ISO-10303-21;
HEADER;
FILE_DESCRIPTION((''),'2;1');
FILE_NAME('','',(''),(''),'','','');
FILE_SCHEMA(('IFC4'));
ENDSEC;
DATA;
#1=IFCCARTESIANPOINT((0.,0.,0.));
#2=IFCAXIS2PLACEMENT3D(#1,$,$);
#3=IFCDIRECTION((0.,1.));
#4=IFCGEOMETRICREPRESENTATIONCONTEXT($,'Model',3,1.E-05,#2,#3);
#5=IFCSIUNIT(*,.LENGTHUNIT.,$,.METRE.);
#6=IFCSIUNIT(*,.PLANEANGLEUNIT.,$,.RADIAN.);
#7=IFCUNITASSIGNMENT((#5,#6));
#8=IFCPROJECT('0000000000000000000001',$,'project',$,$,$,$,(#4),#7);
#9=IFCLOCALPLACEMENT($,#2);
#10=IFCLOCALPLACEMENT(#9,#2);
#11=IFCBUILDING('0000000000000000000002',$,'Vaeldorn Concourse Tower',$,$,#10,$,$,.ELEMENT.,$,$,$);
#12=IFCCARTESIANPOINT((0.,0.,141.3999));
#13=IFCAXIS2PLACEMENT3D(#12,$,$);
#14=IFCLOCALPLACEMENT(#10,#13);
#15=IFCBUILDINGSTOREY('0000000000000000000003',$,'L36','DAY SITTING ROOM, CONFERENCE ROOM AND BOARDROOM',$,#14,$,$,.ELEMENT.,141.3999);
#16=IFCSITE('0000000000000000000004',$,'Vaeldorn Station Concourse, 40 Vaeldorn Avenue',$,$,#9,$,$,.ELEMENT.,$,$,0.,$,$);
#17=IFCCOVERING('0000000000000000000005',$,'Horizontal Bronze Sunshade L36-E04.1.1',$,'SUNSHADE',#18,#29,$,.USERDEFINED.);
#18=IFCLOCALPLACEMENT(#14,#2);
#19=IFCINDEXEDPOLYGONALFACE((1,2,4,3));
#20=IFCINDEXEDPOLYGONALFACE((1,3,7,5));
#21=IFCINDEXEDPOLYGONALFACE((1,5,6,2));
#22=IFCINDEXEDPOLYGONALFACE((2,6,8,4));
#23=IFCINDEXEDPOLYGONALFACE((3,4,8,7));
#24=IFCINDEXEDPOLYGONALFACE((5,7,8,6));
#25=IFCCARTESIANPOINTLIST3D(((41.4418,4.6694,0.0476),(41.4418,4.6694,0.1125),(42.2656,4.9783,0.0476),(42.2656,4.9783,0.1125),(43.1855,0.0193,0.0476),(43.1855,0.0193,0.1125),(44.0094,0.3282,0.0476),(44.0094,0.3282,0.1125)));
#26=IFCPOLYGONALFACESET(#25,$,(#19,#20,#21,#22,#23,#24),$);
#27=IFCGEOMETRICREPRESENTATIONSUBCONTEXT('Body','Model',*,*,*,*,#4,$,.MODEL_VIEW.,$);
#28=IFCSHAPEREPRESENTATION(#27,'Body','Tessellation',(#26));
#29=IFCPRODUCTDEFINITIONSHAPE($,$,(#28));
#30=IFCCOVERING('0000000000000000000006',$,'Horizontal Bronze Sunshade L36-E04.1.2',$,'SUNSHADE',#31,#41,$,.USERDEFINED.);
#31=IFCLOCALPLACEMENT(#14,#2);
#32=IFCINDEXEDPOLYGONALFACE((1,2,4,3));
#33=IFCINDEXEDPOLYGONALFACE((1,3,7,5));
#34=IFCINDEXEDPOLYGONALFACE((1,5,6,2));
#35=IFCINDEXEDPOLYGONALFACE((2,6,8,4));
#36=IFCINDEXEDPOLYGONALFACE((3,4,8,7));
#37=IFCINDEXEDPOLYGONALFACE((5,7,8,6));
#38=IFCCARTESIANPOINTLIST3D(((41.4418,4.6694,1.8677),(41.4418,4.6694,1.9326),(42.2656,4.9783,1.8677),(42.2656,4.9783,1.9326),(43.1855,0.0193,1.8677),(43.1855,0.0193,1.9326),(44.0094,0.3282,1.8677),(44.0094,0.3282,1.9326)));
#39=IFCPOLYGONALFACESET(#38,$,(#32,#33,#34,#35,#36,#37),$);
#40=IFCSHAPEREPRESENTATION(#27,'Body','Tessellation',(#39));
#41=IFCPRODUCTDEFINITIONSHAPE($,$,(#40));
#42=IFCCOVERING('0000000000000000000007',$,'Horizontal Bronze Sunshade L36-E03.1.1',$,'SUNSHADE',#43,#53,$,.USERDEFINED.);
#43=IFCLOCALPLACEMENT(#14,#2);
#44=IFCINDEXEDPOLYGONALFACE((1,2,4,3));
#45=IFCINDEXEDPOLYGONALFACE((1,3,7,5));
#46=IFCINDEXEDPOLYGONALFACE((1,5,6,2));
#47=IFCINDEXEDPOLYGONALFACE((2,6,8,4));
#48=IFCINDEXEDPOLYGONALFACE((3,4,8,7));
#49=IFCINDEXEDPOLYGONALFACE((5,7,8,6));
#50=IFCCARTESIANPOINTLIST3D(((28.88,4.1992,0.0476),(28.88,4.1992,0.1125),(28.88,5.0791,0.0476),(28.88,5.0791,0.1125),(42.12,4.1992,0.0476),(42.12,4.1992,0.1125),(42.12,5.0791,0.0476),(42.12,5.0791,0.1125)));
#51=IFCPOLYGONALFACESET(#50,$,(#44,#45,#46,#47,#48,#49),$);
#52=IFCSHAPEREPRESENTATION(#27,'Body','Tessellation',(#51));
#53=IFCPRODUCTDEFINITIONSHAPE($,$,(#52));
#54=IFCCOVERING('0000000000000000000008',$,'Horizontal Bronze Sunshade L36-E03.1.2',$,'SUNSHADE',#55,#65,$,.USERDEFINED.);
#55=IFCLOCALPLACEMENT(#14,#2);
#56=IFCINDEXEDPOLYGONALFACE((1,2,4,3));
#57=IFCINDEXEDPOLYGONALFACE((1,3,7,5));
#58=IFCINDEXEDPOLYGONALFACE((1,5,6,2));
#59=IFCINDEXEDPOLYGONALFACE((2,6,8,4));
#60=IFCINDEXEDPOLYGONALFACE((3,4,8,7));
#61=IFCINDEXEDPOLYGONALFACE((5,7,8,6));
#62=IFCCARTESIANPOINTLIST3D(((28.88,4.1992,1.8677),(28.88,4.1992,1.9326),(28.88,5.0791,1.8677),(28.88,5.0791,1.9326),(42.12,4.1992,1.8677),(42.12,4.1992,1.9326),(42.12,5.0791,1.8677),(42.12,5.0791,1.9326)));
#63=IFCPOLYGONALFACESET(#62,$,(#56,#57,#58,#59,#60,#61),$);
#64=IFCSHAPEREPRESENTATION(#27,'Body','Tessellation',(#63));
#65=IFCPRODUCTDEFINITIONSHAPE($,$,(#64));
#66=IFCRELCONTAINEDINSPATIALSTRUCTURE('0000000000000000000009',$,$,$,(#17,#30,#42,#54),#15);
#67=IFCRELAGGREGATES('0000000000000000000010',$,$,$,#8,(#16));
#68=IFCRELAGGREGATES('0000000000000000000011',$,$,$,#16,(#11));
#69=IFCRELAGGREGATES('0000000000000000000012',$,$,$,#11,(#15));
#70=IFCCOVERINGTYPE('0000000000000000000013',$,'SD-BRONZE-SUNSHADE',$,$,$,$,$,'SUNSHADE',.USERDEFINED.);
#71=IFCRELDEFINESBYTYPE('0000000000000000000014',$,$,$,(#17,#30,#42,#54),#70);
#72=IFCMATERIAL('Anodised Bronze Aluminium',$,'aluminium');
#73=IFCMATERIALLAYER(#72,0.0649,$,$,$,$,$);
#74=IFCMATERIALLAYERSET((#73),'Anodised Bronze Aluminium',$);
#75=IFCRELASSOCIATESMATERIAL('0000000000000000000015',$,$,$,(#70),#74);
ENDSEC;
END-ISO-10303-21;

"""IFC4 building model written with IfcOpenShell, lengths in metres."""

from ifc_helpers import new_model, si_unit, direction, frame, origin, origin_2d, place, context, subcontext, project, spatial, rectangle, extrude, source, transform, mapped, material, layer, layer_set, type_object, element, save


model = new_model("IFC4")

# Units and contexts
model_context = context("Model", 3, precision=1e-05, world=origin(), true_north=direction((0.0, 1.0)))
body_context = subcontext(model_context, "Body", "Model", "MODEL_VIEW")
ifc_project = project(units=[si_unit("LENGTHUNIT", "METRE"), si_unit("PLANEANGLEUNIT", "RADIAN")], contexts=[model_context])

# Site, building, storey
site_placement = place(None, origin())
site = spatial("IfcSite", under=ifc_project, at=site_placement, Name="Vaeldorn Station Concourse, 40 Vaeldorn Avenue", CompositionType="ELEMENT", RefElevation=0.0)
building_placement = place(site_placement, origin())
building = spatial("IfcBuilding", under=site, at=building_placement, Name="Vaeldorn Concourse Tower", CompositionType="ELEMENT")
storey_placement = place(building_placement, frame((0.0, 0.0, 141.3999)))
storey = spatial("IfcBuildingStorey", under=building, at=storey_placement, Name="L36", Description="DAY SITTING ROOM, CONFERENCE ROOM AND BOARDROOM", CompositionType="ELEMENT", Elevation=141.3999)

# Shared definitions
ifc_material_1 = material(Name="Anodised Bronze Aluminium", Category="aluminium")

# Coverings
ifc_layer_1 = layer(ifc_material_1, 0.0649)
ifc_layer_set_1 = layer_set([ifc_layer_1], Name="Anodised Bronze Aluminium")
covering_type = type_object("IfcCoveringType", Name="SD-BRONZE-SUNSHADE", ElementType="SUNSHADE", PredefinedType="USERDEFINED", material=ifc_layer_set_1)
shared_shape_1 = source(origin(), body_context, "Body", "SweptSolid", [
    extrude(rectangle(XDim=4.9663, YDim=0.8799, at=origin_2d()), origin(), (0.0, 0.0, 1.0), 0.0649),
])
for number, where, z_axis, x_axis, name in (
    (1, (42.7256, 2.4988, 0.0476), (0.0, 0.0, 1.0), (0.351123, -0.936329, 0.0), "Horizontal Bronze Sunshade L36-E04.1.1"),
    (2, (42.7256, 2.4988, 1.8677), (0.0, 0.0, 1.0), (0.351123, -0.936329, 0.0), "Horizontal Bronze Sunshade L36-E04.1.2"),
):
    element("IfcCovering", number, at=place(storey_placement, frame(where, z_axis=z_axis, x_axis=x_axis)), inside=storey, type_object=covering_type, Name=name, ObjectType="SUNSHADE", PredefinedType="USERDEFINED", context=body_context, shape_type="MappedRepresentation", body=[
        mapped(shared_shape_1, transform((0.0, 0.0, 0.0), scale=1.0)),
    ])
shared_shape_2 = source(origin(), body_context, "Body", "SweptSolid", [
    extrude(rectangle(XDim=13.24, YDim=0.8799, at=origin_2d()), origin(), (0.0, 0.0, 1.0), 0.0649),
])
for number, where, z_axis, x_axis, name in (
    (3, (35.5, 4.6392, 0.0476), (0.0, 0.0, 1.0), (1.0, 0.0, 0.0), "Horizontal Bronze Sunshade L36-E03.1.1"),
    (4, (35.5, 4.6392, 1.8677), (0.0, 0.0, 1.0), (1.0, 0.0, 0.0), "Horizontal Bronze Sunshade L36-E03.1.2"),
):
    element("IfcCovering", number, at=place(storey_placement, frame(where, z_axis=z_axis, x_axis=x_axis)), inside=storey, type_object=covering_type, Name=name, ObjectType="SUNSHADE", PredefinedType="USERDEFINED", context=body_context, shape_type="MappedRepresentation", body=[
        mapped(shared_shape_2, transform((0.0, 0.0, 0.0), scale=1.0)),
    ])

save(model, "model.ifc")
